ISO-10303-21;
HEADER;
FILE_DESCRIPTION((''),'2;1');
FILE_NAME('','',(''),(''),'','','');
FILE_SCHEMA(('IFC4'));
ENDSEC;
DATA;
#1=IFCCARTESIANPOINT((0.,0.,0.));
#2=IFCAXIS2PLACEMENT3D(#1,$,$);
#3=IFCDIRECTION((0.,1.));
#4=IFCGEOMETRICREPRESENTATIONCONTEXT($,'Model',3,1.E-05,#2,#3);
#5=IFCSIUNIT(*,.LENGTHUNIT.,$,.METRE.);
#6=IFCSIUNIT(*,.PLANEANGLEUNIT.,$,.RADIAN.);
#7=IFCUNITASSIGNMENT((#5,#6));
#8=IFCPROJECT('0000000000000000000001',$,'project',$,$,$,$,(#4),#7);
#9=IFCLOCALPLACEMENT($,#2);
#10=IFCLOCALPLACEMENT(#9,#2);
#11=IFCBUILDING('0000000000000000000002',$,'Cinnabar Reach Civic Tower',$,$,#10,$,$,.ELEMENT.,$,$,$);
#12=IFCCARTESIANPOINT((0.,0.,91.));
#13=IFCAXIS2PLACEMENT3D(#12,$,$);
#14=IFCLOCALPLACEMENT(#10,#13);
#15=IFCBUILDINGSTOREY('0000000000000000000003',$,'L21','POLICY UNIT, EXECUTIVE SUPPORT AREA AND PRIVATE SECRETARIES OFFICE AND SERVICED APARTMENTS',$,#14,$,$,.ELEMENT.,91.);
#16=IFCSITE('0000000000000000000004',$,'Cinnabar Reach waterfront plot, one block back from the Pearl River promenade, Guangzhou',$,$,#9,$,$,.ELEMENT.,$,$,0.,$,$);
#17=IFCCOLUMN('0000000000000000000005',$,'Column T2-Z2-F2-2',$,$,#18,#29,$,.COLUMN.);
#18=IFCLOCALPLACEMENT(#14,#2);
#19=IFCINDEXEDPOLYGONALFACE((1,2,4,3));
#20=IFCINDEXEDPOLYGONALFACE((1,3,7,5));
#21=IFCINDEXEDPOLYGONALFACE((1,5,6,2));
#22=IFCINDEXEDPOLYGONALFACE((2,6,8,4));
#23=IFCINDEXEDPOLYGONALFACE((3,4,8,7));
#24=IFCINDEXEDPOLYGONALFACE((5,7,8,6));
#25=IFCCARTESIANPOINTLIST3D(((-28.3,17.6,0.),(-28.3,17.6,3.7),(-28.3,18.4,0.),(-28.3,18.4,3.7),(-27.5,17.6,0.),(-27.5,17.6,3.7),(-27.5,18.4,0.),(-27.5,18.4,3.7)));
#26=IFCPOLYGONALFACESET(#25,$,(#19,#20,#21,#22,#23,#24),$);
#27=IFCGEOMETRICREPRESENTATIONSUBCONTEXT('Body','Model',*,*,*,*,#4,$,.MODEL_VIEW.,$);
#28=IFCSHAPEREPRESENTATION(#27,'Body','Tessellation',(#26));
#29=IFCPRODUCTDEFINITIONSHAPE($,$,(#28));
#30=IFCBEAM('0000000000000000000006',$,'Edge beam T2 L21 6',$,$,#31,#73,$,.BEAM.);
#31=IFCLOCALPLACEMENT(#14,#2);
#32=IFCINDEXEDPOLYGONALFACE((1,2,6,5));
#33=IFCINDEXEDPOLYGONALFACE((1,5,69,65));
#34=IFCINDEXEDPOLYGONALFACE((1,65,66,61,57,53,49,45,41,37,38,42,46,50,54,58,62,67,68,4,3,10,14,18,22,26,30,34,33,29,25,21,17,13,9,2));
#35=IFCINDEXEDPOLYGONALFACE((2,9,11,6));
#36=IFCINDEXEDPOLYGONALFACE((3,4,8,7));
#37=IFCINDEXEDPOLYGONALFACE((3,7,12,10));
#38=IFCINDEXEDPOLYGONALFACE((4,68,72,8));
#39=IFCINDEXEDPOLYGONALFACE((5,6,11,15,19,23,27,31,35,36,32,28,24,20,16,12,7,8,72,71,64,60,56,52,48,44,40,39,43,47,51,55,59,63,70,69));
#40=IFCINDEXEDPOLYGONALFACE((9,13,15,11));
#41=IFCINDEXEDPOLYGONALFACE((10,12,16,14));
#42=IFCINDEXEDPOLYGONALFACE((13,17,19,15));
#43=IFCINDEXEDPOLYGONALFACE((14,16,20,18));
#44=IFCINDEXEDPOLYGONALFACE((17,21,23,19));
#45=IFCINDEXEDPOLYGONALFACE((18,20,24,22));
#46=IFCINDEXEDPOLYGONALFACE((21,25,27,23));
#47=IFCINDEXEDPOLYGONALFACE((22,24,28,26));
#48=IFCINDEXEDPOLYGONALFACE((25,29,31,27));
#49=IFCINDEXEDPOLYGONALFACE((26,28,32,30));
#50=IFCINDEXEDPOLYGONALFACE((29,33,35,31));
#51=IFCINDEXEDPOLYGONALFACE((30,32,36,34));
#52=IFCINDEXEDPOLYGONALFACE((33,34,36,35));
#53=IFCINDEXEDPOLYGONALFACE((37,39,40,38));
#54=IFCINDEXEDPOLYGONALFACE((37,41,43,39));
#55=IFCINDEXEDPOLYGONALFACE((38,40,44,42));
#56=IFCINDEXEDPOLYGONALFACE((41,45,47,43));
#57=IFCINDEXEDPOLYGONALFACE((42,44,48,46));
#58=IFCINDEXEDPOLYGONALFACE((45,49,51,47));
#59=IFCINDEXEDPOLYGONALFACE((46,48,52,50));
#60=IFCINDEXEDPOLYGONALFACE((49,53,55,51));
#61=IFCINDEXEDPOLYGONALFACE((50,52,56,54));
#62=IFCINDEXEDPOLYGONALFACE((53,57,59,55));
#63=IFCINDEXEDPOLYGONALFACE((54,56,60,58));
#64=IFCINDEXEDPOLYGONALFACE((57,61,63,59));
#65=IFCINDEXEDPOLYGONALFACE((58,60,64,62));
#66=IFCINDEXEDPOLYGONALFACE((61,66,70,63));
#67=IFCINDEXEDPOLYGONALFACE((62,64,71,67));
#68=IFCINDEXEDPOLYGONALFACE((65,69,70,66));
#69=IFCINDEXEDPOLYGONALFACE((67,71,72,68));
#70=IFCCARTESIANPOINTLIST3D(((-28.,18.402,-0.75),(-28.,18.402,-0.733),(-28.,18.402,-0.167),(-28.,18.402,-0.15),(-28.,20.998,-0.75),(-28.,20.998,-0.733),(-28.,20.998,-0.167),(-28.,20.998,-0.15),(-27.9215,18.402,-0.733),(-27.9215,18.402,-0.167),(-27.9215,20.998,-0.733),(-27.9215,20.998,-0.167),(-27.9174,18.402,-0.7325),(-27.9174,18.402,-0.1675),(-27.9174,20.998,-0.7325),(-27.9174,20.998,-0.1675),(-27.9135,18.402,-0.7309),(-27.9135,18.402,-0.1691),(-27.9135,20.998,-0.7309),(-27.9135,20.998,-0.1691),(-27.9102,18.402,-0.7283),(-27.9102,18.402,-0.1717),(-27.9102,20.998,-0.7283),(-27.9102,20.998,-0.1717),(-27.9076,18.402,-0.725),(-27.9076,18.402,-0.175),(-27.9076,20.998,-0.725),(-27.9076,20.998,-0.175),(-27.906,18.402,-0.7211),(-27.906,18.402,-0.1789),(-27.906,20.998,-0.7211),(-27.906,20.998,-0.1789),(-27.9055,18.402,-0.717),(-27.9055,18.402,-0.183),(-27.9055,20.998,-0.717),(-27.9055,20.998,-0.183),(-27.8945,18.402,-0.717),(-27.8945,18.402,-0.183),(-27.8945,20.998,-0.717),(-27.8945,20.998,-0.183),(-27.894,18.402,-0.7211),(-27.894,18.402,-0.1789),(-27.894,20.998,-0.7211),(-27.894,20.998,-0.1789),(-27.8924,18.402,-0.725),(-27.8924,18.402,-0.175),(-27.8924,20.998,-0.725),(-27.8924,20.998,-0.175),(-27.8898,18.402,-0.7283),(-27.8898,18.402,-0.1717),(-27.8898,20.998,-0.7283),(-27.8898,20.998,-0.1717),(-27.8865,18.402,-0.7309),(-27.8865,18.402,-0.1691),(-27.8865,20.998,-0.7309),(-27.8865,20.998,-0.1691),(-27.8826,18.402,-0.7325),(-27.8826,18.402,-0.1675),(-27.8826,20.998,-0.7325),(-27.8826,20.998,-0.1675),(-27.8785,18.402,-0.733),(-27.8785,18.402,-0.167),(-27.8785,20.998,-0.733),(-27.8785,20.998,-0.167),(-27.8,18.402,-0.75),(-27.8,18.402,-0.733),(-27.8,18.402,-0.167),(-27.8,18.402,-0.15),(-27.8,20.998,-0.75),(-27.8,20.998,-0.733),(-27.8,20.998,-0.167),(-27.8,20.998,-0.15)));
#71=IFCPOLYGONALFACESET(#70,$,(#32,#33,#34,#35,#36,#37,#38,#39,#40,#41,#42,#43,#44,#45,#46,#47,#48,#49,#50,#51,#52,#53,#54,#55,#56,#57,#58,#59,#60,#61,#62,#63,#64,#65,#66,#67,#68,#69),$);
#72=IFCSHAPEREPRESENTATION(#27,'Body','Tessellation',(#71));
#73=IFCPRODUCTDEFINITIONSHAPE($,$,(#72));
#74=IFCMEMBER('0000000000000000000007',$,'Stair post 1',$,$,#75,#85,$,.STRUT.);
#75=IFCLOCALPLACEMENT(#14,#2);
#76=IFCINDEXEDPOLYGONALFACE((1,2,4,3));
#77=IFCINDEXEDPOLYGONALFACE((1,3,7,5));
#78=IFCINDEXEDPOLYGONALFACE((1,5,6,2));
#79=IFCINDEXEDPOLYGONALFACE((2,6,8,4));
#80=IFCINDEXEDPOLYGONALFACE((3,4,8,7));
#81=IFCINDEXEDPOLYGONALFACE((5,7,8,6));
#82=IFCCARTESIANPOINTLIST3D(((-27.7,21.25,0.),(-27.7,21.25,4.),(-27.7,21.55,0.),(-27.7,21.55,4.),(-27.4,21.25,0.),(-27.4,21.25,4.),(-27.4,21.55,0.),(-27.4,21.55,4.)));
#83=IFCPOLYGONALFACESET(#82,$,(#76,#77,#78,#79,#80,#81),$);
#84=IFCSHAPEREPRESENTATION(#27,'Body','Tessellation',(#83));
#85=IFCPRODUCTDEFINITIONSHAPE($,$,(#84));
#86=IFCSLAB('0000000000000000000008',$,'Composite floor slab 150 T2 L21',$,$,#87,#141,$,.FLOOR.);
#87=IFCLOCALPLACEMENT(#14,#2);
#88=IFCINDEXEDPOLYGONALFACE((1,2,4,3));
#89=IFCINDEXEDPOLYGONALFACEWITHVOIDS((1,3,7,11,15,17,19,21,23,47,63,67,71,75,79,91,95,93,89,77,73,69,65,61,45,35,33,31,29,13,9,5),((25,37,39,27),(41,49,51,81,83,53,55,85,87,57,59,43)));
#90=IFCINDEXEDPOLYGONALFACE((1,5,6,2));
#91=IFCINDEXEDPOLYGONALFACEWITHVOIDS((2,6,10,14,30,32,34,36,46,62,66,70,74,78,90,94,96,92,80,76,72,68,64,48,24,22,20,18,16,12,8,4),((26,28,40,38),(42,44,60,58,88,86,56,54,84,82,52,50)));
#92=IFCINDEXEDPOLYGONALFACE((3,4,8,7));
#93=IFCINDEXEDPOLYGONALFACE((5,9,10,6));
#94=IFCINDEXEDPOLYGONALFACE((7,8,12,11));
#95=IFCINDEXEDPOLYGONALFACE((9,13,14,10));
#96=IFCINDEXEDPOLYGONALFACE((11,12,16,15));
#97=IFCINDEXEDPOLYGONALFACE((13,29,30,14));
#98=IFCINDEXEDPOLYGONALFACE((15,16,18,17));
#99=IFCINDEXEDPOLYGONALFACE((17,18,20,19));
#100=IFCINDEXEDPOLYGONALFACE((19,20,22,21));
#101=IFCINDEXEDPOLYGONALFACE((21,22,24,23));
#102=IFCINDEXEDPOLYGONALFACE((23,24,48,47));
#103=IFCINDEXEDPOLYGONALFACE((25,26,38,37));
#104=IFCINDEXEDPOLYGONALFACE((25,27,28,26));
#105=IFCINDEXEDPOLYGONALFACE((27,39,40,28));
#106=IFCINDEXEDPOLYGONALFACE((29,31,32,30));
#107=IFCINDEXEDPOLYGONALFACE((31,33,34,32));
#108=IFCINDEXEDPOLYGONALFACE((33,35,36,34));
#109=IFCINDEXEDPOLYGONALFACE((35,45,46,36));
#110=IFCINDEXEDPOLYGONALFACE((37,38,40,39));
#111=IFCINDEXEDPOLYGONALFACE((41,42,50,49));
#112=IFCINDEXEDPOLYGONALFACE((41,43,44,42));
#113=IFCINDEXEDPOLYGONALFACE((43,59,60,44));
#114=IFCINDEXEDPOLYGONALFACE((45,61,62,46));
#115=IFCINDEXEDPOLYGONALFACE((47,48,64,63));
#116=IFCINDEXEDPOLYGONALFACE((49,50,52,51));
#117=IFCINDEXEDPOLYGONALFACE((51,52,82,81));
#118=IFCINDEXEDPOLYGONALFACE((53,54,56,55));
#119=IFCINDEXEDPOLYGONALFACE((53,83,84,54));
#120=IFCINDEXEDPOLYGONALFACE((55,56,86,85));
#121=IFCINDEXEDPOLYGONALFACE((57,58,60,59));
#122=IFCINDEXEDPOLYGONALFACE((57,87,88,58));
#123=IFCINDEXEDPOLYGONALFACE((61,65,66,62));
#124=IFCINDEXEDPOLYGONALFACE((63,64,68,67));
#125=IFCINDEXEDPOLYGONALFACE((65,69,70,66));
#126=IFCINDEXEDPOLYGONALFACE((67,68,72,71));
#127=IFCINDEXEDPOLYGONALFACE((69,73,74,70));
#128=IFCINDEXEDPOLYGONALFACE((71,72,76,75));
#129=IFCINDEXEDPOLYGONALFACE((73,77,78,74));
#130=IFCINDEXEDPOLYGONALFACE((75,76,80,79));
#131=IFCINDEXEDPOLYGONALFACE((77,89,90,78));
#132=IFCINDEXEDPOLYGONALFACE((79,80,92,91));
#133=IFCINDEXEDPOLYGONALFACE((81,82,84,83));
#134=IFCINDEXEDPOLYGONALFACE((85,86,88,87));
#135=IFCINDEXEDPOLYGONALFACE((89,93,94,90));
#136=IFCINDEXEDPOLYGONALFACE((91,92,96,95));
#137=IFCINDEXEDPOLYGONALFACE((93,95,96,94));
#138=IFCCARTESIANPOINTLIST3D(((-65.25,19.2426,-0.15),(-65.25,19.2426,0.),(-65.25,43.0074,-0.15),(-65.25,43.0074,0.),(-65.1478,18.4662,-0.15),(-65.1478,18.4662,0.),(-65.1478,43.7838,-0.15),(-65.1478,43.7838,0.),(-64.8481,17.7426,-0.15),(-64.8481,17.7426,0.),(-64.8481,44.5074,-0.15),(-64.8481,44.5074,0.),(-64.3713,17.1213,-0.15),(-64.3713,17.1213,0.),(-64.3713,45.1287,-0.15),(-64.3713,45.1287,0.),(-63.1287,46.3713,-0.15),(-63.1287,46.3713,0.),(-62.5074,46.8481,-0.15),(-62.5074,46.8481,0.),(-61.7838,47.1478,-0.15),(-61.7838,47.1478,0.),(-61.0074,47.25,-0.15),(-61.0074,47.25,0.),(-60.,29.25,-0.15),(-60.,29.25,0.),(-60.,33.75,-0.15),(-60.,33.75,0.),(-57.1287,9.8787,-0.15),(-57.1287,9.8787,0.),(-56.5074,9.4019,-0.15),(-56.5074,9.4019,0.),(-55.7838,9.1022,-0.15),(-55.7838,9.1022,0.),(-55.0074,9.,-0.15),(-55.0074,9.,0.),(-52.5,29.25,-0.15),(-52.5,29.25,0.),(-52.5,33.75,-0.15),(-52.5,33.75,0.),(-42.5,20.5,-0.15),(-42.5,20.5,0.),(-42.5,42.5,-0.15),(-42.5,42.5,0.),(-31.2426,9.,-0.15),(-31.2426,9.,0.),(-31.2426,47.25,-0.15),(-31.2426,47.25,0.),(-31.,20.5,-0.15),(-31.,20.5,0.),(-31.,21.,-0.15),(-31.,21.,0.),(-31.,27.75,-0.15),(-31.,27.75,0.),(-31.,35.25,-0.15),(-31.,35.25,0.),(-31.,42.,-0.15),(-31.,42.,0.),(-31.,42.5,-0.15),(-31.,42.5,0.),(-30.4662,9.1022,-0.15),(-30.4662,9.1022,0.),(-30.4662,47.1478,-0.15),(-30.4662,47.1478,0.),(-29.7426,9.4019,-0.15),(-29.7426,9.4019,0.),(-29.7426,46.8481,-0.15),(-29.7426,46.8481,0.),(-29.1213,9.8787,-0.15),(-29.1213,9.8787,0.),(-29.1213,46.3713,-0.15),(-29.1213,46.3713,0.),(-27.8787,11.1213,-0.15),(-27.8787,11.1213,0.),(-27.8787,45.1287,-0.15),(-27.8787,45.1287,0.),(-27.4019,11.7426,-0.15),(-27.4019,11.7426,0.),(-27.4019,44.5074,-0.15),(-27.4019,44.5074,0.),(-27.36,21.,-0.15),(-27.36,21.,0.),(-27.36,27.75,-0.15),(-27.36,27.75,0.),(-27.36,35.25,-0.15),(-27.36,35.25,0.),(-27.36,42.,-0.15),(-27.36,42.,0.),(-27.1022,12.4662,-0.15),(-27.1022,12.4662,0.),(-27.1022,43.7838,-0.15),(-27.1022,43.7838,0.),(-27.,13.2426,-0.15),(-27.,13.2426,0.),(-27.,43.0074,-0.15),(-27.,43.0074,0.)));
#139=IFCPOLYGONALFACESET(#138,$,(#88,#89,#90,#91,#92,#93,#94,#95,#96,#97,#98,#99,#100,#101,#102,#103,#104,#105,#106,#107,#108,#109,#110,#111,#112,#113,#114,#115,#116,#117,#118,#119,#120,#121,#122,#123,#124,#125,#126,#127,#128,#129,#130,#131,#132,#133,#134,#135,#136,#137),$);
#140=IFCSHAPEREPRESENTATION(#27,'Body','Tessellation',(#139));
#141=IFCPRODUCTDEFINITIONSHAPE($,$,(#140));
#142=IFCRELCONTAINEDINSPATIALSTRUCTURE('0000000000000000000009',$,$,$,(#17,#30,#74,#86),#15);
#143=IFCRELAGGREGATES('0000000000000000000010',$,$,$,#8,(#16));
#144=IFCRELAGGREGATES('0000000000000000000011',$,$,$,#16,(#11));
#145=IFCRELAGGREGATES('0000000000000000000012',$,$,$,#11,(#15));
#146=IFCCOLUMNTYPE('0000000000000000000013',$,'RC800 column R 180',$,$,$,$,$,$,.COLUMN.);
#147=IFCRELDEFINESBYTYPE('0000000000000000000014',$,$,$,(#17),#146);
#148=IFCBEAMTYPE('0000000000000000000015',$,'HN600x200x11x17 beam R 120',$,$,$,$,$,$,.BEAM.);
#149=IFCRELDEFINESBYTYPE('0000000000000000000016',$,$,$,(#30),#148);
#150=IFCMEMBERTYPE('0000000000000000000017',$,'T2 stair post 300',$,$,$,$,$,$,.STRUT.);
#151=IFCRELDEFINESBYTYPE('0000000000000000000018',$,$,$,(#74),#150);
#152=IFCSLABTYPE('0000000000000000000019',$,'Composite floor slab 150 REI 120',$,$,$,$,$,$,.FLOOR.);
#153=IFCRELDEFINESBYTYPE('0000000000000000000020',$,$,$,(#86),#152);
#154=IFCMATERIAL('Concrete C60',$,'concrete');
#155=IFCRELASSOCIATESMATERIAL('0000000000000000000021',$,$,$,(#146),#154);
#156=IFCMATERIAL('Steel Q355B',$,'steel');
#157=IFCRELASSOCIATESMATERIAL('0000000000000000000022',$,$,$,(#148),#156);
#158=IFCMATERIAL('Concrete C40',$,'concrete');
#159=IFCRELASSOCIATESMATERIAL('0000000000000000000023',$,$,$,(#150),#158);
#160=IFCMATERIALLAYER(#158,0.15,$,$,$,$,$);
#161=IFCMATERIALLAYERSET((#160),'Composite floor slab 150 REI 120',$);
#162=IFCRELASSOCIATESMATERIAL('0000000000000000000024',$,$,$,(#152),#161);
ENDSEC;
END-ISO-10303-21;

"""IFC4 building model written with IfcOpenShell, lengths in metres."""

from ifc_helpers import new_model, si_unit, direction, frame, origin, origin_2d, place, context, subcontext, project, spatial, polyline, rectangle, i_section, outline, extrude, material, layer, layer_set, material_profile, profile_set, type_object, element, save


model = new_model("IFC4")

# Units and contexts
model_context = context("Model", 3, precision=1e-05, world=origin(), true_north=direction((0.0, 1.0)))
body_context = subcontext(model_context, "Body", "Model", "MODEL_VIEW")
ifc_project = project(units=[si_unit("LENGTHUNIT", "METRE"), si_unit("PLANEANGLEUNIT", "RADIAN")], contexts=[model_context])

# Site, building, storey
site_placement = place(None, origin())
site = spatial("IfcSite", under=ifc_project, at=site_placement, Name="Cinnabar Reach waterfront plot, one block back from the Pearl River promenade, Guangzhou", CompositionType="ELEMENT", RefElevation=0.0)
building_placement = place(site_placement, origin())
building = spatial("IfcBuilding", under=site, at=building_placement, Name="Cinnabar Reach Civic Tower", CompositionType="ELEMENT")
storey_placement = place(building_placement, frame((0.0, 0.0, 91.0)))
storey = spatial("IfcBuildingStorey", under=building, at=storey_placement, Name="L21", Description="POLICY UNIT, EXECUTIVE SUPPORT AREA AND PRIVATE SECRETARIES OFFICE AND SERVICED APARTMENTS", CompositionType="ELEMENT", Elevation=91.0)

# Column
ifc_material_1 = material(Name="Concrete C60", Category="concrete")
ifc_material_profile_1 = material_profile(ifc_material_1, rectangle(XDim=0.8, YDim=0.8, at=origin_2d()), Name="RC800")
ifc_profile_set_1 = profile_set([ifc_material_profile_1], Name="Concrete C60")
column_type = type_object("IfcColumnType", Name="RC800 column R 180", PredefinedType="COLUMN", material=ifc_profile_set_1)
column_placement = place(storey_placement, frame((-27.9, 18.0, 0.0), z_axis=(0.0, 0.0, 1.0), x_axis=(1.0, 0.0, 0.0)))
element("IfcColumn", 1, at=column_placement, inside=storey, type_object=column_type, Name="Column T2-Z2-F2-2", PredefinedType="COLUMN", context=body_context, shape_type="SweptSolid", body=[
    extrude(rectangle(XDim=0.8, YDim=0.8, at=origin_2d()), origin(), (0.0, 0.0, 1.0), 3.7),
])

# Beam
ifc_material_2 = material(Name="Steel Q355B", Category="steel")
ifc_material_profile_2 = material_profile(ifc_material_2, i_section(OverallWidth=0.2, OverallDepth=0.6, WebThickness=0.011, FlangeThickness=0.017, FilletRadius=0.016, at=origin_2d()), Name="HN600x200x11x17")
ifc_profile_set_2 = profile_set([ifc_material_profile_2], Name="Steel Q355B")
beam_type = type_object("IfcBeamType", Name="HN600x200x11x17 beam R 120", PredefinedType="BEAM", material=ifc_profile_set_2)
beam_placement = place(storey_placement, frame((-27.9, 18.402, -0.45), z_axis=(0.0, 1.0, 0.0), x_axis=(-1.0, 0.0, 0.0)))
element("IfcBeam", 2, at=beam_placement, inside=storey, type_object=beam_type, Name="Edge beam T2 L21 6", PredefinedType="BEAM", context=body_context, shape_type="SweptSolid", body=[
    extrude(i_section(OverallWidth=0.2, OverallDepth=0.6, WebThickness=0.011, FlangeThickness=0.017, FilletRadius=0.016, at=origin_2d()), origin(), (0.0, 0.0, 1.0), 2.596),
])

# Member
ifc_material_3 = material(Name="Concrete C40", Category="concrete")
ifc_material_profile_3 = material_profile(ifc_material_3, rectangle(XDim=0.3, YDim=0.3, at=origin_2d()), Name="C300")
ifc_profile_set_3 = profile_set([ifc_material_profile_3], Name="Concrete C40")
member_type = type_object("IfcMemberType", Name="T2 stair post 300", PredefinedType="STRUT", material=ifc_profile_set_3)
member_placement = place(storey_placement, frame((-27.55, 21.4, 0.0), z_axis=(0.0, 0.0, 1.0), x_axis=(1.0, 0.0, 0.0)))
element("IfcMember", 3, at=member_placement, inside=storey, type_object=member_type, Name="Stair post 1", PredefinedType="STRUT", context=body_context, shape_type="SweptSolid", body=[
    extrude(rectangle(XDim=0.3, YDim=0.3, at=origin_2d()), origin(), (0.0, 0.0, 1.0), 4.0),
])

# Slab
ifc_layer_1 = layer(ifc_material_3, 0.15)
ifc_layer_set_1 = layer_set([ifc_layer_1], Name="Composite floor slab 150 REI 120")
slab_type_1 = type_object("IfcSlabType", Name="Composite floor slab 150 REI 120", PredefinedType="FLOOR", material=ifc_layer_set_1)
slab_1_placement = place(storey_placement, frame((0.0, 0.0, -0.15)))
element("IfcSlab", 4, at=slab_1_placement, inside=storey, type_object=slab_type_1, Name="Composite floor slab 150 T2 L21", PredefinedType="FLOOR", context=body_context, shape_type="SweptSolid", body=[
    extrude(outline(polyline([(-64.3713, 17.1213), (-64.8481, 17.7426), (-65.1478, 18.4662), (-65.25, 19.2426), (-65.25, 43.0074), (-65.1478, 43.7838), (-64.8481, 44.5074), (-64.3713, 45.1287), (-63.1287, 46.3713), (-62.5074, 46.8481), (-61.7838, 47.1478), (-61.0074, 47.25), (-31.2426, 47.25), (-30.4662, 47.1478), (-29.7426, 46.8481), (-29.1213, 46.3713), (-27.8787, 45.1287), (-27.4019, 44.5074), (-27.1022, 43.7838), (-27.0, 43.0074), (-27.0, 13.2426), (-27.1022, 12.4662), (-27.4019, 11.7426), (-27.8787, 11.1213), (-29.1213, 9.8787), (-29.7426, 9.4019), (-30.4662, 9.1022), (-31.2426, 9.0), (-55.0074, 9.0), (-55.7838, 9.1022), (-56.5074, 9.4019), (-57.1287, 9.8787), (-64.3713, 17.1213)]), holes=[polyline([(-31.0, 27.75), (-31.0, 35.25), (-27.36, 35.25), (-27.36, 42.0), (-31.0, 42.0), (-31.0, 42.5), (-42.5, 42.5), (-42.5, 20.5), (-31.0, 20.5), (-31.0, 21.0), (-27.36, 21.0), (-27.36, 27.75), (-31.0, 27.75)]), polyline([(-60.0, 33.75), (-60.0, 29.25), (-52.5, 29.25), (-52.5, 33.75), (-60.0, 33.75)])]), origin(), (0.0, 0.0, 1.0), 0.15),
])

save(model, "model.ifc")
